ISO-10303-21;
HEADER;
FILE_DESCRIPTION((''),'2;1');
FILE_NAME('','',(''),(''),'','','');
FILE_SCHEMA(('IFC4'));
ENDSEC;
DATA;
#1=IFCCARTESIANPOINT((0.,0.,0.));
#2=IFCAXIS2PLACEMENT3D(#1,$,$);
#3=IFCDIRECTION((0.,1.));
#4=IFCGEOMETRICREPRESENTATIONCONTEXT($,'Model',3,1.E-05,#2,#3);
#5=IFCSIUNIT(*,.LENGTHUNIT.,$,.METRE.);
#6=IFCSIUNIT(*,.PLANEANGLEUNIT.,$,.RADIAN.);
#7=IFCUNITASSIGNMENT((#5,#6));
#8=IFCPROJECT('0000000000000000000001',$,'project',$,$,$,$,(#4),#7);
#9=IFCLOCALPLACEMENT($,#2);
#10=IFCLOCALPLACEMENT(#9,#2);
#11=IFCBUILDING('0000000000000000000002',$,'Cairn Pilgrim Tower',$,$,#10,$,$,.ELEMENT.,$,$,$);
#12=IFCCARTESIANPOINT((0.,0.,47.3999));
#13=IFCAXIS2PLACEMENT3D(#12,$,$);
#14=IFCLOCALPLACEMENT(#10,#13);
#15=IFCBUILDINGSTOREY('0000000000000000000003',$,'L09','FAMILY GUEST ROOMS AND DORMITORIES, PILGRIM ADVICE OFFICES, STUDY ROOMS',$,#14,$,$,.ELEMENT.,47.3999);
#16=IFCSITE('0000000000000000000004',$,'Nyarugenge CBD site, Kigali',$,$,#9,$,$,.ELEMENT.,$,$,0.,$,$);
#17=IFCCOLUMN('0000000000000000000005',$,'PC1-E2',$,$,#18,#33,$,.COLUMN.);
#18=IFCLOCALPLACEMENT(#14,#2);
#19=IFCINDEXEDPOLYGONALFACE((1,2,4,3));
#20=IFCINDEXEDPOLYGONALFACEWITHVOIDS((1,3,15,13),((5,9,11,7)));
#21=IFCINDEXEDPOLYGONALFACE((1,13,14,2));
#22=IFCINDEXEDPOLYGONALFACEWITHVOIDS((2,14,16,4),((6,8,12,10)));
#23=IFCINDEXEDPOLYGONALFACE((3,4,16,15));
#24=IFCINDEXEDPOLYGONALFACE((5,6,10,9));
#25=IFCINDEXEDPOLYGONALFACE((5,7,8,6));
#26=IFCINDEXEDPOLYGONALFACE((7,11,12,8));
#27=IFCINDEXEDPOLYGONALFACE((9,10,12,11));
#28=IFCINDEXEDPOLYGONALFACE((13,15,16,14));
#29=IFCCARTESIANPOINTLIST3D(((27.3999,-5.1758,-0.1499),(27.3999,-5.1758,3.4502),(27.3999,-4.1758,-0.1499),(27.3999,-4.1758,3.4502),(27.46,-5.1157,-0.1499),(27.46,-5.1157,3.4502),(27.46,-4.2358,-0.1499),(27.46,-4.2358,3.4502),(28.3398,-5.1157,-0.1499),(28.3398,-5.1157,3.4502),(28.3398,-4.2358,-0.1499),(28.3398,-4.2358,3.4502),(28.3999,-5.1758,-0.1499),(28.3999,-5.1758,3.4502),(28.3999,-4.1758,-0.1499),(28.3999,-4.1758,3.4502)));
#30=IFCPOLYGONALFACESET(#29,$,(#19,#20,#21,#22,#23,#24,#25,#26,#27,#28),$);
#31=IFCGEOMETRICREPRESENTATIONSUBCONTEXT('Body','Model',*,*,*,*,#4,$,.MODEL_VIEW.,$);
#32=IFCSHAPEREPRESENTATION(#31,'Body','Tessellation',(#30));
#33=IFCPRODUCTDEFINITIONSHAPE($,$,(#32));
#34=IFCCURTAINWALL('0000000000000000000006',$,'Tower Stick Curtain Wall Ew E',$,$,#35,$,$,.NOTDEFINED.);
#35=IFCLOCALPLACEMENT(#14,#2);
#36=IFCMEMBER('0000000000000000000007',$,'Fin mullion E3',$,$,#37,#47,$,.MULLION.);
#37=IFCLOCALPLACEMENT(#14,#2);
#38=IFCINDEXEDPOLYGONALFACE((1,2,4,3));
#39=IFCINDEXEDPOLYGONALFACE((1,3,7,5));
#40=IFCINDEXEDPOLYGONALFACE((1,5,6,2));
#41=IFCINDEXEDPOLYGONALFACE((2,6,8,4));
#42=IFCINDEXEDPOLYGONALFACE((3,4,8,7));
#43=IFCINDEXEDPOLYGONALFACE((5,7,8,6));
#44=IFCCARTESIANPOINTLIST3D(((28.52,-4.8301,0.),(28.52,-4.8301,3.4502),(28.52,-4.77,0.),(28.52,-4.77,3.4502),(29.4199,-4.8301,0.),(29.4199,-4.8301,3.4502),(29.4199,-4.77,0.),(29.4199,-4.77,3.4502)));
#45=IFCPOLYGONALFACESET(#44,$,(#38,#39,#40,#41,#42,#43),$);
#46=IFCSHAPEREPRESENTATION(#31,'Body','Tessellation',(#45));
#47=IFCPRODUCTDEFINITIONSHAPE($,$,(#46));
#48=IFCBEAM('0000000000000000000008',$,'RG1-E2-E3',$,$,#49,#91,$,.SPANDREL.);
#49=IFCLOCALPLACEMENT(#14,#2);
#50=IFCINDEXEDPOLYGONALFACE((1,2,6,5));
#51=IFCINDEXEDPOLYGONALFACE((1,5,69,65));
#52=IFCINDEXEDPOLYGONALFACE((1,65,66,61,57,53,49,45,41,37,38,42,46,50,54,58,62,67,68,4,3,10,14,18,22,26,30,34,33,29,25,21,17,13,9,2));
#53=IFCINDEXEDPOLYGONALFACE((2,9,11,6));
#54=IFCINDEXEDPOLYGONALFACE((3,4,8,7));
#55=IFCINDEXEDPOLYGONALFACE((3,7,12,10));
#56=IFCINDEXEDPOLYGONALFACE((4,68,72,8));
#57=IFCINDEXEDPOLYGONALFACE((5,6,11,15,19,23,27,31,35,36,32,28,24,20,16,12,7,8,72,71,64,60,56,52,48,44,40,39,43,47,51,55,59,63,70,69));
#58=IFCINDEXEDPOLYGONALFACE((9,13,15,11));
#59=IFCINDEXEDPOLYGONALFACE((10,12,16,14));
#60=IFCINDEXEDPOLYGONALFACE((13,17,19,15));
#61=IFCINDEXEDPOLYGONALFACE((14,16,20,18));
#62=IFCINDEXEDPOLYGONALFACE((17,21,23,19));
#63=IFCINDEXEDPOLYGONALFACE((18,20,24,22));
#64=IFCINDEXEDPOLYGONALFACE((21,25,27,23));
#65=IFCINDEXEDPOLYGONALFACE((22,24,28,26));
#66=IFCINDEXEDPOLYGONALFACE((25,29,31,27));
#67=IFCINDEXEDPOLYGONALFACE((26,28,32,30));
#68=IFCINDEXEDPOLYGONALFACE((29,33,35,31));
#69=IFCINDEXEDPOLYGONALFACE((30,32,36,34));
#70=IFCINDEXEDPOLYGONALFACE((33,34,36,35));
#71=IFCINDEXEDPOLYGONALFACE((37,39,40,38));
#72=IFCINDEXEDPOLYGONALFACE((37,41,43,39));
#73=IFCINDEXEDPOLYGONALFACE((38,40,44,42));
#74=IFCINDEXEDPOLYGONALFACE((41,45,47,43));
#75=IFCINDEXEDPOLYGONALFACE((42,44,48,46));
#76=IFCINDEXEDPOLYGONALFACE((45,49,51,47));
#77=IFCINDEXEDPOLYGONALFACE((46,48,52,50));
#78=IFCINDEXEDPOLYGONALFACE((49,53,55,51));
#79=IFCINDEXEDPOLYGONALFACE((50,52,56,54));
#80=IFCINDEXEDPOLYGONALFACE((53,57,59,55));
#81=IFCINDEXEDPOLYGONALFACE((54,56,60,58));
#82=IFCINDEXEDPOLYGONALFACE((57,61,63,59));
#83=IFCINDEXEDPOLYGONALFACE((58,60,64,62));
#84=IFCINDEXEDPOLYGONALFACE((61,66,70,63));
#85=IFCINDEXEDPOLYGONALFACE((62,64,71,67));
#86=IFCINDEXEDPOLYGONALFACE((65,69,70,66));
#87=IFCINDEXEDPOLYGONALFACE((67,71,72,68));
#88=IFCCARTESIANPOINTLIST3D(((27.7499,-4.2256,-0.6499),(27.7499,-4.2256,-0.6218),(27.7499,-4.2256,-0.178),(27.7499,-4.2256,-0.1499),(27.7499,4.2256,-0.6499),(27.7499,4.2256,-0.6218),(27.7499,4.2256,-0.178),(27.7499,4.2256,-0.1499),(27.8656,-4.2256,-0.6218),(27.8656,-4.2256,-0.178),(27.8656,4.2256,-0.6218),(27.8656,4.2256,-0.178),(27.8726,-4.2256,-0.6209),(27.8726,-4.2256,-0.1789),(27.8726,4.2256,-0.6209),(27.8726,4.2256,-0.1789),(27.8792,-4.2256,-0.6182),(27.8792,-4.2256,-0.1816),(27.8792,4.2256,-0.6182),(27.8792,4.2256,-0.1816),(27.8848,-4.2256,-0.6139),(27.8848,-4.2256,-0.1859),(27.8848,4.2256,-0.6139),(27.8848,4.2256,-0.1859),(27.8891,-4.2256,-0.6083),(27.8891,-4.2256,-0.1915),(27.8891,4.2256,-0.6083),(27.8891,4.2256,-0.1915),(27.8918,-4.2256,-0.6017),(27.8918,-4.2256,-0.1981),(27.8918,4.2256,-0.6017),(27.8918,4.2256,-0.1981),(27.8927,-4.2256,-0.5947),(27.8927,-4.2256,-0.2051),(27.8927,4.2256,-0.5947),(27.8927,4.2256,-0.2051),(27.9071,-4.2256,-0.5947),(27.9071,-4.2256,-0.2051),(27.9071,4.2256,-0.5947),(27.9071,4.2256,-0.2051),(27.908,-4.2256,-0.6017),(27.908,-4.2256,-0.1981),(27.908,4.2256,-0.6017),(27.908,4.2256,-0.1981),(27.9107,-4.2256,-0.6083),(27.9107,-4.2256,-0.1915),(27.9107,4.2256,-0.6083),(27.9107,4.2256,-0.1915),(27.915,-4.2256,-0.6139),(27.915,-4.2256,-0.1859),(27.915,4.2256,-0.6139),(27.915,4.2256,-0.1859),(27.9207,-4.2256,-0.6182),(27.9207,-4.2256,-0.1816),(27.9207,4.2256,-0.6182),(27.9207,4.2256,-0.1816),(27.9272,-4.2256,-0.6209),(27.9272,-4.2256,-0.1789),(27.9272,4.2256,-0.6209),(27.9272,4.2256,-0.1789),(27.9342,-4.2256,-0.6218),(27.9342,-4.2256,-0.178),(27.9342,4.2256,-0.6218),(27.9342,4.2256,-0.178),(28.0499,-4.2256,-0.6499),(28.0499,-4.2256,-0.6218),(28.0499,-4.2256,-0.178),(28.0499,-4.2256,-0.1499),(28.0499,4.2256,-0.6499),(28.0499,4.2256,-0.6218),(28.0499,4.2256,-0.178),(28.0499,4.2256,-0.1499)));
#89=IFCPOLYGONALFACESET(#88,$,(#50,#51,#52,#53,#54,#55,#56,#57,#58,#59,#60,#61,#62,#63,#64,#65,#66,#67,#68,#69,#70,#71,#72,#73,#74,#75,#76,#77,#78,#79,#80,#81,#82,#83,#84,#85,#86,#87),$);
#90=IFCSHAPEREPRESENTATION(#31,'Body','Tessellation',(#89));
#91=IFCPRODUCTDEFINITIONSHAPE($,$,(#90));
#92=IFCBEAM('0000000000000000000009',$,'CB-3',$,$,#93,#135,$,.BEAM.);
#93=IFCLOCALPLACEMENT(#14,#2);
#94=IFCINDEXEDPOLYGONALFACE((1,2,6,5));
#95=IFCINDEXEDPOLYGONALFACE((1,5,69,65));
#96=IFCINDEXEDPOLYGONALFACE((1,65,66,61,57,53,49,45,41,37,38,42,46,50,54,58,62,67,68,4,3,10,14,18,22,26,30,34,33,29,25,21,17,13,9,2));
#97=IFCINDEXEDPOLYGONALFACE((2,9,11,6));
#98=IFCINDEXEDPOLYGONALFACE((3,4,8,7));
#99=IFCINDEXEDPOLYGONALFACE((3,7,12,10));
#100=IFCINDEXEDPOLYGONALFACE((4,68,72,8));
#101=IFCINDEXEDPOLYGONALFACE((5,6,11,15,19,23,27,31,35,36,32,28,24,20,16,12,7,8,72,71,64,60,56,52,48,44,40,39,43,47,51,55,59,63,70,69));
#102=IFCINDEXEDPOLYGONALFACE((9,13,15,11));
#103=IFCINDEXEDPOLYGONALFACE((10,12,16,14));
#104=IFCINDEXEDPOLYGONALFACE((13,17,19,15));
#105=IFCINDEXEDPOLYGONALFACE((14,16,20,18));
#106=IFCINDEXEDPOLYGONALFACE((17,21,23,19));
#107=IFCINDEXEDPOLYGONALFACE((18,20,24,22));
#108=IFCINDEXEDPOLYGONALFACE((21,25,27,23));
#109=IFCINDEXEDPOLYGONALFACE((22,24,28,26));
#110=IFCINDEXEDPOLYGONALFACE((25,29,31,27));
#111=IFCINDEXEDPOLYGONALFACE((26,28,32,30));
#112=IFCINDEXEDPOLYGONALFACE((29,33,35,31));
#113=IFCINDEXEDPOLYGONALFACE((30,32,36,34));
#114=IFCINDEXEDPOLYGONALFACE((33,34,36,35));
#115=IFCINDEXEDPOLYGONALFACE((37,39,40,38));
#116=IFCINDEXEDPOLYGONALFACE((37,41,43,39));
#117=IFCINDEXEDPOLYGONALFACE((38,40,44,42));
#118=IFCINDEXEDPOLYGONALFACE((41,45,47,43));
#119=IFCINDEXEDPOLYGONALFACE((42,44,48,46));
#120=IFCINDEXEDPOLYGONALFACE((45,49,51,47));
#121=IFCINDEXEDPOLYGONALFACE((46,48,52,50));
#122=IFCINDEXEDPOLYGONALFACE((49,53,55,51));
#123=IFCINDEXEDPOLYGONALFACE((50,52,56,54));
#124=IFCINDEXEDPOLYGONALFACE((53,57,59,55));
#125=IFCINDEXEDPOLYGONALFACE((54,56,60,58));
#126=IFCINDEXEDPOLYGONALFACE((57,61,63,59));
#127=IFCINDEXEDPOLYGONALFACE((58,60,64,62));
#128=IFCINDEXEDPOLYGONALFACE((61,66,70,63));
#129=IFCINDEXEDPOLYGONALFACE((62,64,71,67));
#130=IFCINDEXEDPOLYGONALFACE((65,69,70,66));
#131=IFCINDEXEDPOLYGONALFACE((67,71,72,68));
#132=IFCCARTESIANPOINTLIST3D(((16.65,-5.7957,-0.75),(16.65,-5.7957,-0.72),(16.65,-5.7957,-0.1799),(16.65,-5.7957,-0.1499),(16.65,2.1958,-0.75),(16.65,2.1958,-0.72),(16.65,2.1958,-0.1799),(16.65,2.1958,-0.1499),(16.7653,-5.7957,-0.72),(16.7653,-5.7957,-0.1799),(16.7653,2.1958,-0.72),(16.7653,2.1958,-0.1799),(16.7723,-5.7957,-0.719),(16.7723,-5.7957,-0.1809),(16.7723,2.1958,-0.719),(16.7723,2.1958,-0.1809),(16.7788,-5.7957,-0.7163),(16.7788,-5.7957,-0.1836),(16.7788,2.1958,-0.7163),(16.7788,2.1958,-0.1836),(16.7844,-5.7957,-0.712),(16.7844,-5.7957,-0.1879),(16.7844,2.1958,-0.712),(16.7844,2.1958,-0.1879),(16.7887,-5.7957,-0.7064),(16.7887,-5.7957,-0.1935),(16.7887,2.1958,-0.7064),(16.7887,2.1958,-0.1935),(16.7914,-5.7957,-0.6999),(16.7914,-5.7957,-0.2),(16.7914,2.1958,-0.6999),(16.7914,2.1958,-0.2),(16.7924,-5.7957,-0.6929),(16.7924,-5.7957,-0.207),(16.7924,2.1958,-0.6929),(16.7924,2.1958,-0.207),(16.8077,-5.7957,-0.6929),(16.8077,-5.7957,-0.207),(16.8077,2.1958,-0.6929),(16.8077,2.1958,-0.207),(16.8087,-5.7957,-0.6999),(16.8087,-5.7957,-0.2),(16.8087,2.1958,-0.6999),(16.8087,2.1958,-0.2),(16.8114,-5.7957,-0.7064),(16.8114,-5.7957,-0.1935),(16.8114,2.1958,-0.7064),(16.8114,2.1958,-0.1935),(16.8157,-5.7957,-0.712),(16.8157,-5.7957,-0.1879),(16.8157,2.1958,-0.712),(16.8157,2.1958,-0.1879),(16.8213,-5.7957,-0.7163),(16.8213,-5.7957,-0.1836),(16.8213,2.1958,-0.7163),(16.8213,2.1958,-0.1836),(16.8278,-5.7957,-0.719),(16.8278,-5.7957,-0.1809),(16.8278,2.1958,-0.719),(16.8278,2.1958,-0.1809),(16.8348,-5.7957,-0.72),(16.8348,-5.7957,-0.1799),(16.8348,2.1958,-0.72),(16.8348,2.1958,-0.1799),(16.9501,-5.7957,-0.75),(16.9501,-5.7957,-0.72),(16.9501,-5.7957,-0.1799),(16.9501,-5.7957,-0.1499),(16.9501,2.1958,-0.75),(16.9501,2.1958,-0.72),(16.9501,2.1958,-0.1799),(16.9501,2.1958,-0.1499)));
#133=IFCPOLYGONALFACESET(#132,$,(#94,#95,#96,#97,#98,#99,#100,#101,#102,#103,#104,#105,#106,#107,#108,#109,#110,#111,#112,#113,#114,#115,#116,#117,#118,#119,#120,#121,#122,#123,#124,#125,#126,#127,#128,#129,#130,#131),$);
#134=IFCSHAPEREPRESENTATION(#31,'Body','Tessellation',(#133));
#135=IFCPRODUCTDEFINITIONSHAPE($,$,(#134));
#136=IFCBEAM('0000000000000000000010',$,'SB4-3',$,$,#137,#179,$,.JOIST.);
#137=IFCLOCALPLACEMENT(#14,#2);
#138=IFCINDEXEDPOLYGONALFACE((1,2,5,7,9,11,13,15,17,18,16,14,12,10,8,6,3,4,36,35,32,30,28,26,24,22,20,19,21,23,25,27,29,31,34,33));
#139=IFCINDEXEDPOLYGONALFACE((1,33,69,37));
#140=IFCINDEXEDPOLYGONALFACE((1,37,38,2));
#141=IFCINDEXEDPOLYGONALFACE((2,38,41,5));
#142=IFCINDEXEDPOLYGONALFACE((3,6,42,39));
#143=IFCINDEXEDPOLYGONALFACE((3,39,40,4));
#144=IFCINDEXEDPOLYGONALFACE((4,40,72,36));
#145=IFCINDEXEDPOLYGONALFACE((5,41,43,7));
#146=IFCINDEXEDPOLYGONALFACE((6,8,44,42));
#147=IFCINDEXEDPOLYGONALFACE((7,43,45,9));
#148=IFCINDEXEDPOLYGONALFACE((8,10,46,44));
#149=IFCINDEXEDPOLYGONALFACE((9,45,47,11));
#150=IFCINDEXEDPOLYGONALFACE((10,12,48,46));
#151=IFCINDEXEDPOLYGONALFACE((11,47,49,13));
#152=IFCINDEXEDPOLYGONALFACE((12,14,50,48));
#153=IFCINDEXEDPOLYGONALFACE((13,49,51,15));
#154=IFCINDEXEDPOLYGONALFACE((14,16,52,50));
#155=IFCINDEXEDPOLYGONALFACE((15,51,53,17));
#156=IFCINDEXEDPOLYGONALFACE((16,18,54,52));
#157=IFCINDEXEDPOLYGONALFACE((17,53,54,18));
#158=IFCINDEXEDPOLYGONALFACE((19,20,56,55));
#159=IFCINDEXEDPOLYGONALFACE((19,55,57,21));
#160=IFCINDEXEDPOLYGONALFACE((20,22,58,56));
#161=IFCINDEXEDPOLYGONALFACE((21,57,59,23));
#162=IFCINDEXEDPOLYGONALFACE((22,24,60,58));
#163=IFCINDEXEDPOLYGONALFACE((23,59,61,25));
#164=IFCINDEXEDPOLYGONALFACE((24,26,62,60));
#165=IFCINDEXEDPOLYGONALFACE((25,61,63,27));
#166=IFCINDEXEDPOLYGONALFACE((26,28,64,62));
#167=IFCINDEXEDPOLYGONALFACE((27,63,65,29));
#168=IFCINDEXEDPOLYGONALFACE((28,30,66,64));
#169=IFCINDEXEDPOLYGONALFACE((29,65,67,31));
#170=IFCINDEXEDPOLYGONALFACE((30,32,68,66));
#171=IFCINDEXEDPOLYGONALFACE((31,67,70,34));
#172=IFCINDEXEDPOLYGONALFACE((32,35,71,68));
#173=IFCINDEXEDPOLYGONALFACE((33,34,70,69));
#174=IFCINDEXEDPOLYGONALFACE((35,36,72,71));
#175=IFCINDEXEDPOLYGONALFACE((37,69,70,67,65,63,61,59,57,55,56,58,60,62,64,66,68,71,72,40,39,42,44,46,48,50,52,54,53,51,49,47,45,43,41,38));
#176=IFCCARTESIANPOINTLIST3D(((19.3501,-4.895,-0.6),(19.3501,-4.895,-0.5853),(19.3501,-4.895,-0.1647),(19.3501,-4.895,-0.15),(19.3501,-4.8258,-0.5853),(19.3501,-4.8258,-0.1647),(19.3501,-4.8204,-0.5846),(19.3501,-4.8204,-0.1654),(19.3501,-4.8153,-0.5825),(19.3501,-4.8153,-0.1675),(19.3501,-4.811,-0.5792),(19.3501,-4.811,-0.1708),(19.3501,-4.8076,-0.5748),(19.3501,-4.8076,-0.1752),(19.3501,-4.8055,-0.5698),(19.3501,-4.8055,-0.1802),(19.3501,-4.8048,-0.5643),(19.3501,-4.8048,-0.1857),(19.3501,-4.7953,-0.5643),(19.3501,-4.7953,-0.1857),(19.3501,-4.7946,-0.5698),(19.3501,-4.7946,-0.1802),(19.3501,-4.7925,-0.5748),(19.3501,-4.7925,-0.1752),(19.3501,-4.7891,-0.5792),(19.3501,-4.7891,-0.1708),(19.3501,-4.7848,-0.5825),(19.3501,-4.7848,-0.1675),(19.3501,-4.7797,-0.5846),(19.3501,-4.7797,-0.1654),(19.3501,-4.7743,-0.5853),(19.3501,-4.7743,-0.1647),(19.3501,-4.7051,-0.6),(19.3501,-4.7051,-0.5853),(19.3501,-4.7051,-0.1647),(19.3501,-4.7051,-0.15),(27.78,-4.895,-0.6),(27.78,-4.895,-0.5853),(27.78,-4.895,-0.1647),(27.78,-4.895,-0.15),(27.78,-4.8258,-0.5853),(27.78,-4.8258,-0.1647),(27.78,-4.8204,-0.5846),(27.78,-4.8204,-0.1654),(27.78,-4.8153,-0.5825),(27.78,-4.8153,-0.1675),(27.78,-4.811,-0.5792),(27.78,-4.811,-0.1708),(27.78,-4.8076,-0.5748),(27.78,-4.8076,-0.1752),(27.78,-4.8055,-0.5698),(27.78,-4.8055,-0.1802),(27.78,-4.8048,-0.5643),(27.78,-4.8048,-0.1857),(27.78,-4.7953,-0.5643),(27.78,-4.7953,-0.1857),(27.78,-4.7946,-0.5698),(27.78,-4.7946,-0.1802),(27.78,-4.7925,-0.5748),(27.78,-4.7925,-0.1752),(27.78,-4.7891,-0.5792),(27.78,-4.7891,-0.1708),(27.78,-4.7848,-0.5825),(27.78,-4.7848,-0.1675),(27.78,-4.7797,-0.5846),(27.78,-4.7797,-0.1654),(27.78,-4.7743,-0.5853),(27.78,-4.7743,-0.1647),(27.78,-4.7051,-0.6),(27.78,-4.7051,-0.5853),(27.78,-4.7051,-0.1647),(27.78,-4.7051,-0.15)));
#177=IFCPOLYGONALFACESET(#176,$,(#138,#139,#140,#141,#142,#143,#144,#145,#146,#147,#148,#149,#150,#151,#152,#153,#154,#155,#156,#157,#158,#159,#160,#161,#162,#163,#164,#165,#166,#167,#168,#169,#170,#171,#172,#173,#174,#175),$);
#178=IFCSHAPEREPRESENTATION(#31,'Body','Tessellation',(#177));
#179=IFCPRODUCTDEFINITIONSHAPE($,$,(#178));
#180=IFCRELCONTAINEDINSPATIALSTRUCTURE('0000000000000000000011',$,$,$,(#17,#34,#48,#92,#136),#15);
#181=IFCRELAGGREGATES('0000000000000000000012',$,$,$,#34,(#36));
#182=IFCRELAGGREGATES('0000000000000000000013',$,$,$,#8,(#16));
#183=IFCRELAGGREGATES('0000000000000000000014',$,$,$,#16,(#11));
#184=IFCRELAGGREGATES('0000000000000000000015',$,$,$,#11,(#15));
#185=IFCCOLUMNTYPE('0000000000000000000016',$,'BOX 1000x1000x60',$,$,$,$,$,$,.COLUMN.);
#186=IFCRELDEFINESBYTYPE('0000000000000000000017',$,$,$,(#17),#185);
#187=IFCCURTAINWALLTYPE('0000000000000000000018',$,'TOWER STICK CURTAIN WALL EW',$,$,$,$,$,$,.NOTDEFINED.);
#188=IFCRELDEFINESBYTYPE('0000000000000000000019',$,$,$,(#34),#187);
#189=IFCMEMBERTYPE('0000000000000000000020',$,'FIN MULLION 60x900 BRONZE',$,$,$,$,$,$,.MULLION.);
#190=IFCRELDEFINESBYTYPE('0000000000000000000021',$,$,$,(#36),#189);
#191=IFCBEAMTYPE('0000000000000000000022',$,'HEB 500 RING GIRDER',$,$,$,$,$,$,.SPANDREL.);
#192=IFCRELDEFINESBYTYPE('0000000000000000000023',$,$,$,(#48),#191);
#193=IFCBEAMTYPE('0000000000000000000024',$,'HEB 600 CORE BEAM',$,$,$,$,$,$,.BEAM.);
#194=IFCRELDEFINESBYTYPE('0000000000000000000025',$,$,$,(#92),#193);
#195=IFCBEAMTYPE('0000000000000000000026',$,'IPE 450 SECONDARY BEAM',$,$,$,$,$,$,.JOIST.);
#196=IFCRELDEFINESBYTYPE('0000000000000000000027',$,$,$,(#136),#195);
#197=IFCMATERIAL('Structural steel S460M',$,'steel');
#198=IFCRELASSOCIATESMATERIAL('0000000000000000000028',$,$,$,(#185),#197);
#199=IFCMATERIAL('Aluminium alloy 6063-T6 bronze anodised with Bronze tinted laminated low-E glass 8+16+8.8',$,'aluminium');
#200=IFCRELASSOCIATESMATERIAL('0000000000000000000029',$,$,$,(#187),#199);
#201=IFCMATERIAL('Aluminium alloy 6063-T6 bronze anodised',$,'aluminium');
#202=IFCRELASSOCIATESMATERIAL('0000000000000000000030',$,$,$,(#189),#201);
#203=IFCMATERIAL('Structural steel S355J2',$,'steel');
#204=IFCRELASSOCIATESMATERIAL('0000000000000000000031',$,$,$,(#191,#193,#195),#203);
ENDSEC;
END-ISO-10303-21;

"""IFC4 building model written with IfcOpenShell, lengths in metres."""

from ifc_helpers import new_model, si_unit, direction, frame, origin, origin_2d, place, context, subcontext, project, spatial, rectangle, hollow_rectangle, i_section, extrude, material, material_profile, profile_set, type_object, element, aggregate, save


model = new_model("IFC4")

# Units and contexts
model_context = context("Model", 3, precision=1e-05, world=origin(), true_north=direction((0.0, 1.0)))
body_context = subcontext(model_context, "Body", "Model", "MODEL_VIEW")
ifc_project = project(units=[si_unit("LENGTHUNIT", "METRE"), si_unit("PLANEANGLEUNIT", "RADIAN")], contexts=[model_context])

# Site, building, storey
site_placement = place(None, origin())
site = spatial("IfcSite", under=ifc_project, at=site_placement, Name="Nyarugenge CBD site, Kigali", CompositionType="ELEMENT", RefElevation=0.0)
building_placement = place(site_placement, origin())
building = spatial("IfcBuilding", under=site, at=building_placement, Name="Cairn Pilgrim Tower", CompositionType="ELEMENT")
storey_placement = place(building_placement, frame((0.0, 0.0, 47.3999)))
storey = spatial("IfcBuildingStorey", under=building, at=storey_placement, Name="L09", Description="FAMILY GUEST ROOMS AND DORMITORIES, PILGRIM ADVICE OFFICES, STUDY ROOMS", CompositionType="ELEMENT", Elevation=47.3999)

# Column
ifc_material_1 = material(Name="Structural steel S460M", Category="steel")
ifc_material_profile_1 = material_profile(ifc_material_1, hollow_rectangle(XDim=1.0, YDim=1.0, WallThickness=0.0601, at=origin_2d()), Name="BOX 1000x1000x60")
ifc_profile_set_1 = profile_set([ifc_material_profile_1], Name="Structural steel S460M")
column_type = type_object("IfcColumnType", Name="BOX 1000x1000x60", PredefinedType="COLUMN", material=ifc_profile_set_1)
column_placement = place(storey_placement, frame((27.8999, -4.6758, -0.1499), z_axis=(0.0, 0.0, 1.0), x_axis=(1.0, 0.0, 0.0)))
element("IfcColumn", 1, at=column_placement, inside=storey, type_object=column_type, Name="PC1-E2", PredefinedType="COLUMN", context=body_context, shape_type="SweptSolid", body=[
    extrude(hollow_rectangle(XDim=1.0, YDim=1.0, WallThickness=0.0601, at=origin_2d()), origin(), (0.0, 0.0, 1.0), 3.6001),
])

# Curtain wall, member
ifc_material_2 = material(Name="Aluminium alloy 6063-T6 bronze anodised with Bronze tinted laminated low-E glass 8+16+8.8", Category="aluminium")
curtain_wall_type = type_object("IfcCurtainWallType", Name="TOWER STICK CURTAIN WALL EW", PredefinedType="NOTDEFINED", material=ifc_material_2)
curtain_wall_placement = place(storey_placement, origin())
curtain_wall = element("IfcCurtainWall", 2, at=curtain_wall_placement, inside=storey, type_object=curtain_wall_type, Name="Tower Stick Curtain Wall Ew E", PredefinedType="NOTDEFINED")
ifc_material_3 = material(Name="Aluminium alloy 6063-T6 bronze anodised", Category="aluminium")
ifc_material_profile_2 = material_profile(ifc_material_3, rectangle(XDim=0.8999, YDim=0.0601, at=origin_2d()), Name="FIN MULLION 60x900 BRONZE")
ifc_profile_set_2 = profile_set([ifc_material_profile_2], Name="Aluminium alloy 6063-T6 bronze anodised")
member_type_1 = type_object("IfcMemberType", Name="FIN MULLION 60x900 BRONZE", PredefinedType="MULLION", material=ifc_profile_set_2)
member_1_placement = place(storey_placement, frame((28.97, -4.8, 0.0), z_axis=(0.0, 0.0, 1.0), x_axis=(1.0, 0.0, 0.0)))
member_1 = element("IfcMember", 3, at=member_1_placement, type_object=member_type_1, Name="Fin mullion E3", PredefinedType="MULLION", context=body_context, shape_type="SweptSolid", body=[
    extrude(rectangle(XDim=0.8999, YDim=0.0601, at=origin_2d()), origin(), (0.0, 0.0, 1.0), 3.4502),
])

# Beams
ifc_material_4 = material(Name="Structural steel S355J2", Category="steel")
ifc_material_profile_3 = material_profile(ifc_material_4, i_section(OverallWidth=0.3, OverallDepth=0.5, WebThickness=0.0144, FlangeThickness=0.0281, FilletRadius=0.0271, at=origin_2d()), Name="HEB 500")
ifc_profile_set_3 = profile_set([ifc_material_profile_3], Name="Structural steel S355J2")
beam_type_1 = type_object("IfcBeamType", Name="HEB 500 RING GIRDER", PredefinedType="SPANDREL", material=ifc_profile_set_3)
beam_1_placement = place(storey_placement, frame((27.8999, -4.2256, -0.3999), z_axis=(0.0, 1.0, 0.0), x_axis=(-1.0, 0.0, 0.0)))
element("IfcBeam", 4, at=beam_1_placement, inside=storey, type_object=beam_type_1, Name="RG1-E2-E3", PredefinedType="SPANDREL", context=body_context, shape_type="SweptSolid", body=[
    extrude(i_section(OverallWidth=0.3, OverallDepth=0.5, WebThickness=0.0144, FlangeThickness=0.0281, FilletRadius=0.0271, at=origin_2d()), origin(), (0.0, 0.0, 1.0), 8.4512),
])
ifc_material_profile_4 = material_profile(ifc_material_4, i_section(OverallWidth=0.3, OverallDepth=0.6001, WebThickness=0.0154, FlangeThickness=0.03, FilletRadius=0.0271, at=origin_2d()), Name="HEB 600")
ifc_profile_set_4 = profile_set([ifc_material_profile_4], Name="Structural steel S355J2")
beam_type_2 = type_object("IfcBeamType", Name="HEB 600 CORE BEAM", PredefinedType="BEAM", material=ifc_profile_set_4)
beam_2_placement = place(storey_placement, frame((16.8, -5.7957, -0.45), z_axis=(0.0, 1.0, 0.0), x_axis=(-1.0, 0.0, 0.0)))
element("IfcBeam", 5, at=beam_2_placement, inside=storey, type_object=beam_type_2, Name="CB-3", PredefinedType="BEAM", context=body_context, shape_type="SweptSolid", body=[
    extrude(i_section(OverallWidth=0.3, OverallDepth=0.6001, WebThickness=0.0154, FlangeThickness=0.03, FilletRadius=0.0271, at=origin_2d()), origin(), (0.0, 0.0, 1.0), 7.9915),
])
ifc_material_profile_5 = material_profile(ifc_material_4, i_section(OverallWidth=0.1899, OverallDepth=0.45, WebThickness=0.0095, FlangeThickness=0.0146, FilletRadius=0.021, at=origin_2d()), Name="IPE 450")
ifc_profile_set_5 = profile_set([ifc_material_profile_5], Name="Structural steel S355J2")
beam_type_3 = type_object("IfcBeamType", Name="IPE 450 SECONDARY BEAM", PredefinedType="JOIST", material=ifc_profile_set_5)
for number, where, z_axis, x_axis, name in (
    (6, (19.3501, -4.8, -0.375), (1.0, 0.0, 0.0), (0.0, 1.0, 0.0), "SB4-3"),
):
    element("IfcBeam", number, at=place(storey_placement, frame(where, z_axis=z_axis, x_axis=x_axis)), inside=storey, type_object=beam_type_3, Name=name, PredefinedType="JOIST", context=body_context, shape_type="SweptSolid", body=[
        extrude(i_section(OverallWidth=0.1899, OverallDepth=0.45, WebThickness=0.0095, FlangeThickness=0.0146, FilletRadius=0.021, at=origin_2d()), origin(), (0.0, 0.0, 1.0), 8.4299),
    ])

aggregate(curtain_wall, [member_1])

save(model, "model.ifc")
